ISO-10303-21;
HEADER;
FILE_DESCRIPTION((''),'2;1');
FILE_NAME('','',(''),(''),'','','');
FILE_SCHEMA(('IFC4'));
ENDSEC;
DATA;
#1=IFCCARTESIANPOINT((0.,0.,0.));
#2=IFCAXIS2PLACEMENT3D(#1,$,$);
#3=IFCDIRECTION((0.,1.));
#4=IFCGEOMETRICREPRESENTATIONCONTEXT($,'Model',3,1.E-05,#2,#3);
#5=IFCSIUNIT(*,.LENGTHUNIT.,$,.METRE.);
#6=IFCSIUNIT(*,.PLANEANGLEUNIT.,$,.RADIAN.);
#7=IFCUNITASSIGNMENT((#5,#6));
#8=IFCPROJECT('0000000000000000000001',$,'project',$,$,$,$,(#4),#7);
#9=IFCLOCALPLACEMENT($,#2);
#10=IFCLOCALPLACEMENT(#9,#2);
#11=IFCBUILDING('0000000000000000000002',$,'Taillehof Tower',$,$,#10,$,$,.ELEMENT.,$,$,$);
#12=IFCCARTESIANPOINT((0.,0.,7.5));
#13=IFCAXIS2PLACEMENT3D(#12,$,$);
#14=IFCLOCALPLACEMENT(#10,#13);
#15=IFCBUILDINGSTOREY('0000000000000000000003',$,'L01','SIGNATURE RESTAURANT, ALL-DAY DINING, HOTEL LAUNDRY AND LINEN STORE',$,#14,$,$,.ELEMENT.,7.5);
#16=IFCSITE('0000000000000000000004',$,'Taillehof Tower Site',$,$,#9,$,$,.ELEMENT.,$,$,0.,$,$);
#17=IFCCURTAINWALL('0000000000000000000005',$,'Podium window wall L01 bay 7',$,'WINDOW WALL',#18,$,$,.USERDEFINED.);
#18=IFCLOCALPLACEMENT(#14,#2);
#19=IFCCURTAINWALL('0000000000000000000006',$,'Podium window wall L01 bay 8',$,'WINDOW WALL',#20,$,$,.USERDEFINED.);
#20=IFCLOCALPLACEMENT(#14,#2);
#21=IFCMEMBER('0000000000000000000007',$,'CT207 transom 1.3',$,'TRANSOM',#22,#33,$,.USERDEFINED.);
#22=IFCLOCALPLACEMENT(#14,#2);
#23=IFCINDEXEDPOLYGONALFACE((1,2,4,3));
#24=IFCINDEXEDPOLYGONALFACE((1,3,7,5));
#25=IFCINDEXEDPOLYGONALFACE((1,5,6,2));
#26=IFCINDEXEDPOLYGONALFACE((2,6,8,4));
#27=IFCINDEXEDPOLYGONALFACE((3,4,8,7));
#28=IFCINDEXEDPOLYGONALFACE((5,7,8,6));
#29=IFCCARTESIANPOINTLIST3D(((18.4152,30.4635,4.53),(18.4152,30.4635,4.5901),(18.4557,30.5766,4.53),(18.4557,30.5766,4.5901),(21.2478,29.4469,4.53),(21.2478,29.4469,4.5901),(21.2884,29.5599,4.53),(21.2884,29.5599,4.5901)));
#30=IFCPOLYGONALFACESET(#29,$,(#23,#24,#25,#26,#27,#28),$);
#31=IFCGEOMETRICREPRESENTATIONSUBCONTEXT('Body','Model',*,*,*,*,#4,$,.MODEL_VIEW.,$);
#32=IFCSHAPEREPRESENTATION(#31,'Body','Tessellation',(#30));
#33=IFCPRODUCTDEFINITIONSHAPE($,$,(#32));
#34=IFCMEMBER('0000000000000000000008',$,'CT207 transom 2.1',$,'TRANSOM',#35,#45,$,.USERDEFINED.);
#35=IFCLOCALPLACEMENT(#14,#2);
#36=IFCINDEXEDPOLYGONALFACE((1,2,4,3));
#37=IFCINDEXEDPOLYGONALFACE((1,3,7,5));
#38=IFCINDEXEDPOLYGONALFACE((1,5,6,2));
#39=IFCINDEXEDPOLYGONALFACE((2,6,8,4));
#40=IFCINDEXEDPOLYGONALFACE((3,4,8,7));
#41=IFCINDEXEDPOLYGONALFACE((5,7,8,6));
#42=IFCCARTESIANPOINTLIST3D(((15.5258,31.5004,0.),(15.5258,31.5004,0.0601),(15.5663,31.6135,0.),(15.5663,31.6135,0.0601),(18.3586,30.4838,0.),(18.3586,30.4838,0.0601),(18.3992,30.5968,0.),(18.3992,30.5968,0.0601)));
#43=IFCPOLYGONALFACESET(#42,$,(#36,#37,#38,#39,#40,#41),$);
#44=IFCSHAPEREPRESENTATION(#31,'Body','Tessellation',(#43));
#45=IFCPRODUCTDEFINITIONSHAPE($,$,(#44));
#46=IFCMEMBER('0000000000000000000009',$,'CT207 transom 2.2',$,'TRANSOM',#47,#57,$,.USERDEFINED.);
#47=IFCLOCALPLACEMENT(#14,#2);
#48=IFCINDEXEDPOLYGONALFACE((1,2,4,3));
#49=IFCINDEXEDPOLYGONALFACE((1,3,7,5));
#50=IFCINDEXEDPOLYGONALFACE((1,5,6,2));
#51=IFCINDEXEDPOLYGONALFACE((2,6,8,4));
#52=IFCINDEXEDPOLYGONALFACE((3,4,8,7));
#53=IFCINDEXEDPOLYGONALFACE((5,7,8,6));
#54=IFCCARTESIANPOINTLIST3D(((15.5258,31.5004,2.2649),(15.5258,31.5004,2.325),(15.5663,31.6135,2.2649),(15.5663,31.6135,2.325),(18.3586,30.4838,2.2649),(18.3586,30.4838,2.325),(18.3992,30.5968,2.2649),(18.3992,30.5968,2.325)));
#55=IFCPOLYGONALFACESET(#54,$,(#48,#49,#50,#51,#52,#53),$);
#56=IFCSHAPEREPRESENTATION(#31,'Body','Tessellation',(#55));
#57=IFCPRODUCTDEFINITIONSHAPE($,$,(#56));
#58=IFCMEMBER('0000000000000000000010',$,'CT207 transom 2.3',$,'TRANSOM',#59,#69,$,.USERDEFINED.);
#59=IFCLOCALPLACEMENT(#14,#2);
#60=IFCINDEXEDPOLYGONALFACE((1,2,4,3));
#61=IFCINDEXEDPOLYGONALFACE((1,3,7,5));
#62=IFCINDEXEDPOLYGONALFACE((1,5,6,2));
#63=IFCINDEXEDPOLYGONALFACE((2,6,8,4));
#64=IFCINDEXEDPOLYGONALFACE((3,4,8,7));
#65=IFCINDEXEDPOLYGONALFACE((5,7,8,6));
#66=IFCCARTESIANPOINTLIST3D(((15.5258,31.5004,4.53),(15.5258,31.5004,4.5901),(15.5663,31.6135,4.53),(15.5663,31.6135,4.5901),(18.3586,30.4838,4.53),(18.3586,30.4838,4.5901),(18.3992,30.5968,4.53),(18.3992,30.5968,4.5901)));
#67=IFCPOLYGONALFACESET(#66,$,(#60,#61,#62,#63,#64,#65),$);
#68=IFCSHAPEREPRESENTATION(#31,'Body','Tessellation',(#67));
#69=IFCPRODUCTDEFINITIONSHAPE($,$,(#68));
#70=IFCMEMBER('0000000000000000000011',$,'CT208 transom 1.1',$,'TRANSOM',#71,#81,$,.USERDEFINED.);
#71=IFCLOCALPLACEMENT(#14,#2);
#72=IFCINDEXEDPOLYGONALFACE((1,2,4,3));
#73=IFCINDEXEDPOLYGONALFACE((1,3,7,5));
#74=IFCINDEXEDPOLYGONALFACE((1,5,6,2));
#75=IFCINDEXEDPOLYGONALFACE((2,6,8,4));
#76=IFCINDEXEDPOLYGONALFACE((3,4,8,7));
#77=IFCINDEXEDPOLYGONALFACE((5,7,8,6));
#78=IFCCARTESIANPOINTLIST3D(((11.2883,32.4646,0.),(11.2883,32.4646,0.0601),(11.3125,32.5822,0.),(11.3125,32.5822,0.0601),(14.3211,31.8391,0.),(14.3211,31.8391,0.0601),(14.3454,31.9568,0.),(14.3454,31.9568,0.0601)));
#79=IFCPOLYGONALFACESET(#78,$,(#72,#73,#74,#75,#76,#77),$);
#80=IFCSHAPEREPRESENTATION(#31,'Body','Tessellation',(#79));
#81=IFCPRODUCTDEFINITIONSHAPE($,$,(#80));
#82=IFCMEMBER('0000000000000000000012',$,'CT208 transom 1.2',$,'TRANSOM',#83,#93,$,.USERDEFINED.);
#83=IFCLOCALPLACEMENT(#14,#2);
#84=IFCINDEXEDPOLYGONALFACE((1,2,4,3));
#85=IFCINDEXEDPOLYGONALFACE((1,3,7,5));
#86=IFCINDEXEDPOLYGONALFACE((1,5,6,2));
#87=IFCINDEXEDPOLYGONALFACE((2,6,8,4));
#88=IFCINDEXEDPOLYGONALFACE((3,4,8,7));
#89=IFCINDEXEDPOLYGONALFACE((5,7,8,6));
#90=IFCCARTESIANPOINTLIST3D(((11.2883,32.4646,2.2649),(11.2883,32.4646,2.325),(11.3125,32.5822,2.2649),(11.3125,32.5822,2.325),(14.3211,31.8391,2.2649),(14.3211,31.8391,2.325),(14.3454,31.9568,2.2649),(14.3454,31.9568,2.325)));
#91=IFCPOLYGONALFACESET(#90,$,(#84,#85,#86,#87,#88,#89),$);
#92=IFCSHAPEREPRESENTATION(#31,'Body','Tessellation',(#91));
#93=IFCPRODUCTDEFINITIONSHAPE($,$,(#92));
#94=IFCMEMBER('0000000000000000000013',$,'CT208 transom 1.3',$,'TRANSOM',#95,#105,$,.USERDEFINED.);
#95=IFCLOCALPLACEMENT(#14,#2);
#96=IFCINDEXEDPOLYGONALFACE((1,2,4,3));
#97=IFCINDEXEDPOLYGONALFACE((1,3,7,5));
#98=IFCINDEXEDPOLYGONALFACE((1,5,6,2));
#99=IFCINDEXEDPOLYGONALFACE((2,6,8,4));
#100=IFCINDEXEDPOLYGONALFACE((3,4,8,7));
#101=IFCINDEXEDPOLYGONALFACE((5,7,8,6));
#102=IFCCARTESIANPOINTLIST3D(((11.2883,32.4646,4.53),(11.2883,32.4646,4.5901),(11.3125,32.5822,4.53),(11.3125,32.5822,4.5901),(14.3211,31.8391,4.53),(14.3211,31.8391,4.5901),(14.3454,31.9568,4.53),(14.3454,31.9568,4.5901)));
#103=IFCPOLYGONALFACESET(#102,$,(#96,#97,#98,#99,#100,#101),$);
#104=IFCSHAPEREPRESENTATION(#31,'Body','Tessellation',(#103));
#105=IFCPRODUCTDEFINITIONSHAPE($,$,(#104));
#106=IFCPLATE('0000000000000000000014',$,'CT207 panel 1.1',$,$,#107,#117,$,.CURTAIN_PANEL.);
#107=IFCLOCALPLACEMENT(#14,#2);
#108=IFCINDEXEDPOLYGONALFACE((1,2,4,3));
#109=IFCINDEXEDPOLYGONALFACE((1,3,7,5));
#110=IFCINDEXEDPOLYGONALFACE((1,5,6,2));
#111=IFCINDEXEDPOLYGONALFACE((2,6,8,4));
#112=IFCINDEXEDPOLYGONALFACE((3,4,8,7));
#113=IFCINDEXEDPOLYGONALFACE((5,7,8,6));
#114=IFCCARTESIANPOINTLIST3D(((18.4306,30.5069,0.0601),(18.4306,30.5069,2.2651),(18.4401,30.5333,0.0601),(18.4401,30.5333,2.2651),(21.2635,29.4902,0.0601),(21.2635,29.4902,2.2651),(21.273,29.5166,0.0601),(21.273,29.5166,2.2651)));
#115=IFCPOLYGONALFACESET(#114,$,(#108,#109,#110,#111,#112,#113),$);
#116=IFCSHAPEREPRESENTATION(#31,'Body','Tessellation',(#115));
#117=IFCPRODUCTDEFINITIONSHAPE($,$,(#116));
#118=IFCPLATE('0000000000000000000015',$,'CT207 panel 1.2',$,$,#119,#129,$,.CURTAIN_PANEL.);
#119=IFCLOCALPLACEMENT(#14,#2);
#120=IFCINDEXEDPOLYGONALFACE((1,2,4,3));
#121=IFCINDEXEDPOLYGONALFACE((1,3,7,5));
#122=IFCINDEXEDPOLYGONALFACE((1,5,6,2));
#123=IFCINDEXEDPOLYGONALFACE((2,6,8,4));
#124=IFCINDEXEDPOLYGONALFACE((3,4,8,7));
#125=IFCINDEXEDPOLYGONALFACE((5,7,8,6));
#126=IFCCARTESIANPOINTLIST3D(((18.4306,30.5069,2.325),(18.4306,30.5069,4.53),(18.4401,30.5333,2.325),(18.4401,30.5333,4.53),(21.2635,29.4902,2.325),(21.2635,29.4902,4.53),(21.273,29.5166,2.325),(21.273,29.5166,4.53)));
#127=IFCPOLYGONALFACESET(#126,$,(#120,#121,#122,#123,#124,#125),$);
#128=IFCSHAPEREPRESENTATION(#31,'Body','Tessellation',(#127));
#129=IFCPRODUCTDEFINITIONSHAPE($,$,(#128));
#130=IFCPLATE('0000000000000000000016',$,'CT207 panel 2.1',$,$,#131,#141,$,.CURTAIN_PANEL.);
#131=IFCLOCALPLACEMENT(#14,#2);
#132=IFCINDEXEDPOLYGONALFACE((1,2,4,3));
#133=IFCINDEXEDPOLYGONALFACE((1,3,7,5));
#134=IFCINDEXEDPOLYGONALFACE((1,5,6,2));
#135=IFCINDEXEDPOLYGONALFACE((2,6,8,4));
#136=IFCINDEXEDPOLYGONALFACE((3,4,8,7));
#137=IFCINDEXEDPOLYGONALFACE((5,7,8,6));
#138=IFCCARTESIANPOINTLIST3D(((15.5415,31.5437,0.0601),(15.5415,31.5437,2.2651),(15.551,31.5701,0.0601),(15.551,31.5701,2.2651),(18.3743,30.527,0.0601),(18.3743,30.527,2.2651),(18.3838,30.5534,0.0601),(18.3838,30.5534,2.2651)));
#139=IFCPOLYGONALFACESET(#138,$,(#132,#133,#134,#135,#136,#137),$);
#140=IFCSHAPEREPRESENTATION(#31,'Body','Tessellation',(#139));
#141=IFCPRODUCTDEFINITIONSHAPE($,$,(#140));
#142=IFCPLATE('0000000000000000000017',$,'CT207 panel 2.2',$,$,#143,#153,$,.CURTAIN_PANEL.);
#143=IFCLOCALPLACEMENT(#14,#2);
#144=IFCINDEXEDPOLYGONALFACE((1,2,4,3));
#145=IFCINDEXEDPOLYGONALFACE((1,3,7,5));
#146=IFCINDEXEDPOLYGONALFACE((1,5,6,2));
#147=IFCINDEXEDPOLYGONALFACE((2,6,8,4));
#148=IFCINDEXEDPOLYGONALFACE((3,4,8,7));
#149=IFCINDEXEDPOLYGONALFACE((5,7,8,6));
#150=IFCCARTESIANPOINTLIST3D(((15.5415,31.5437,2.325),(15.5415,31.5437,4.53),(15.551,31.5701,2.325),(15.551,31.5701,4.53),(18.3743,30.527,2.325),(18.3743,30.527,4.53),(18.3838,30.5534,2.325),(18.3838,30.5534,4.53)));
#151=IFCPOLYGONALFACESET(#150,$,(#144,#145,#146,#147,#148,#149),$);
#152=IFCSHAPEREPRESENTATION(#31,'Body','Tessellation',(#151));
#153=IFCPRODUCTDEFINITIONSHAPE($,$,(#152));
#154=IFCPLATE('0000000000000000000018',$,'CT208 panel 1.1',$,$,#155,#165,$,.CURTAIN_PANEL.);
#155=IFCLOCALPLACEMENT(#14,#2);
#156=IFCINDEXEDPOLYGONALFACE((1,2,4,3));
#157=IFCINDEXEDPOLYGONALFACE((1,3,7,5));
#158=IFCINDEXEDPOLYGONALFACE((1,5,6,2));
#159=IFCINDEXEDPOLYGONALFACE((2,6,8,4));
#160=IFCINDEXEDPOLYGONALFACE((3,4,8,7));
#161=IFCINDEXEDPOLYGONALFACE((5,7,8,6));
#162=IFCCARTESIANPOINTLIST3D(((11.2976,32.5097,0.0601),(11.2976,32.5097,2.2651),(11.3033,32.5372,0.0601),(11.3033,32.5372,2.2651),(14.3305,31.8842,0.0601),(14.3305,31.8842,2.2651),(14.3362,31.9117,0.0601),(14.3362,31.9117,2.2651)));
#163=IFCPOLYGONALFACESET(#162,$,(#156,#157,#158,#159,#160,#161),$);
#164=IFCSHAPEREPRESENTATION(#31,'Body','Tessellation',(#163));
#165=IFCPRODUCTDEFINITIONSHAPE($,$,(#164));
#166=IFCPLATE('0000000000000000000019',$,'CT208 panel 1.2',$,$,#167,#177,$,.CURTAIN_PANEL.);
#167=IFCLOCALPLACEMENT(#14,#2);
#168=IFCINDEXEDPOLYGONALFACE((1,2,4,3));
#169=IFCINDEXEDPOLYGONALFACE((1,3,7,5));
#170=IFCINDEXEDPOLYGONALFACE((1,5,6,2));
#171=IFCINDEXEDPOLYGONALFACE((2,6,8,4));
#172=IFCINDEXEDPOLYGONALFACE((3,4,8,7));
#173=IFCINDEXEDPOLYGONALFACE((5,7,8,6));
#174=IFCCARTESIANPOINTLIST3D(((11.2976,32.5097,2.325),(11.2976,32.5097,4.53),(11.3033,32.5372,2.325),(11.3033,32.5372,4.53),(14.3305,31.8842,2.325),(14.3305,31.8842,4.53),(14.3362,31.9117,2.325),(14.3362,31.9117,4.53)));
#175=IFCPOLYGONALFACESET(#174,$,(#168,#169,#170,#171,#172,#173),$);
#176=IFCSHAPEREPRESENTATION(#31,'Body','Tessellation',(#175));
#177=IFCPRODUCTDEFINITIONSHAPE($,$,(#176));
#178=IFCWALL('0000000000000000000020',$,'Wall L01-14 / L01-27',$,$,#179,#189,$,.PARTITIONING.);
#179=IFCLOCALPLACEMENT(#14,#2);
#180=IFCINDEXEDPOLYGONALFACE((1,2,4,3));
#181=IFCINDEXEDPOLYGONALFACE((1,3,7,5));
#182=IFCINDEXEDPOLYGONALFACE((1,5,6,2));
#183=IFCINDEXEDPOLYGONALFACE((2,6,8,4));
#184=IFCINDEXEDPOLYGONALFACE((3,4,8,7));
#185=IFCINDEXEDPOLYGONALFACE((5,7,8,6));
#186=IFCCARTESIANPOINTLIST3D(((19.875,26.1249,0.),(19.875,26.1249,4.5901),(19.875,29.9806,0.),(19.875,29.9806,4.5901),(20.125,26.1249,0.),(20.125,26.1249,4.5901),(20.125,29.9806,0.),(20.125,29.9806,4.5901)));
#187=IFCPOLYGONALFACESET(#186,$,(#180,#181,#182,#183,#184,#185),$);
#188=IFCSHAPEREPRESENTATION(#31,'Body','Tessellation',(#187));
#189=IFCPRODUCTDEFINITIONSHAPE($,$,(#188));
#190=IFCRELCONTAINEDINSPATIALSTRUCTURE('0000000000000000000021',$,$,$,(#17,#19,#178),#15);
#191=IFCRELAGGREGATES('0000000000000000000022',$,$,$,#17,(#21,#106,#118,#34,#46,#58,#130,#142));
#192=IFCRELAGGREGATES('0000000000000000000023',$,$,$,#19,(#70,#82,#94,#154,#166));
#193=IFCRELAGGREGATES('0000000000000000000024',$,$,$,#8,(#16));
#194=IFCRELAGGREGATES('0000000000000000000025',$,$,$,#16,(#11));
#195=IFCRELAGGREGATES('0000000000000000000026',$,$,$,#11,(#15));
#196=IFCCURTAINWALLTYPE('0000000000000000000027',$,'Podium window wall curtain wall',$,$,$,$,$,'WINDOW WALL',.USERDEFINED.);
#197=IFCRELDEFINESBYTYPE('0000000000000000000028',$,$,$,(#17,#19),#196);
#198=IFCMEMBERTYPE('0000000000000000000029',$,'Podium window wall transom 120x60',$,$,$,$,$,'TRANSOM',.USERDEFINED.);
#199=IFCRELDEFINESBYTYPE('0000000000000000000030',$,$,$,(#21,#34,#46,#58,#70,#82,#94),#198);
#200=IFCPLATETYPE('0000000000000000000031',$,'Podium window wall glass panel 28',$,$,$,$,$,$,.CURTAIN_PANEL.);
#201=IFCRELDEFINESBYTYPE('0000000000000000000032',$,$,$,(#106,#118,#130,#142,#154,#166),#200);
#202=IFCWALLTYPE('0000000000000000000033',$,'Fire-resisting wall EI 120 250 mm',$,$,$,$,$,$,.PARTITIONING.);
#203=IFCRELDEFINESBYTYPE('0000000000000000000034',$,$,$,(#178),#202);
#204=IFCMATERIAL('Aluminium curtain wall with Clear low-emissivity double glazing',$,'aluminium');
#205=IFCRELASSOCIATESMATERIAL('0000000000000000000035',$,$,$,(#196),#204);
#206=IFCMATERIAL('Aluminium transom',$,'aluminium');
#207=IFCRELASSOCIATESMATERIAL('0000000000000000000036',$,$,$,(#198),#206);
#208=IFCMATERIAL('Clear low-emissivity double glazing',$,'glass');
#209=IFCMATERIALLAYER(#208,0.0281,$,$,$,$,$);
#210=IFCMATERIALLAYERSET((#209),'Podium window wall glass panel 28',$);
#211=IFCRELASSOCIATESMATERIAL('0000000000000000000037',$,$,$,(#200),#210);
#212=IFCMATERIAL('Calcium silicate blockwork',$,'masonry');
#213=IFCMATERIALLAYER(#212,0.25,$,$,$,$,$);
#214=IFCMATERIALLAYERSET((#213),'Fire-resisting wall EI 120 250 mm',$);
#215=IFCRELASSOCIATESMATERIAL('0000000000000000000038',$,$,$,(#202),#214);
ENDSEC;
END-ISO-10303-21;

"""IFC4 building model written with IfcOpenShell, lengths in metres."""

from ifc_helpers import new_model, si_unit, direction, frame, frame_2d, origin, origin_2d, place, context, subcontext, project, spatial, rectangle, extrude, material, layer, layer_set, material_profile, profile_set, type_object, element, aggregate, save


model = new_model("IFC4")

# Units and contexts
model_context = context("Model", 3, precision=1e-05, world=origin(), true_north=direction((0.0, 1.0)))
body_context = subcontext(model_context, "Body", "Model", "MODEL_VIEW")
ifc_project = project(units=[si_unit("LENGTHUNIT", "METRE"), si_unit("PLANEANGLEUNIT", "RADIAN")], contexts=[model_context])

# Site, building, storey
site_placement = place(None, origin())
site = spatial("IfcSite", under=ifc_project, at=site_placement, Name="Taillehof Tower Site", CompositionType="ELEMENT", RefElevation=0.0)
building_placement = place(site_placement, origin())
building = spatial("IfcBuilding", under=site, at=building_placement, Name="Taillehof Tower", CompositionType="ELEMENT")
storey_placement = place(building_placement, frame((0.0, 0.0, 7.5)))
storey = spatial("IfcBuildingStorey", under=building, at=storey_placement, Name="L01", Description="SIGNATURE RESTAURANT, ALL-DAY DINING, HOTEL LAUNDRY AND LINEN STORE", CompositionType="ELEMENT", Elevation=7.5)

# Shared definitions
ifc_material_1 = material(Name="Aluminium curtain wall with Clear low-emissivity double glazing", Category="aluminium")
curtain_wall_type = type_object("IfcCurtainWallType", Name="Podium window wall curtain wall", ElementType="WINDOW WALL", PredefinedType="USERDEFINED", material=ifc_material_1)

# Curtain walls
curtain_wall_1_placement = place(storey_placement, origin())
curtain_wall_1 = element("IfcCurtainWall", 1, at=curtain_wall_1_placement, inside=storey, type_object=curtain_wall_type, Name="Podium window wall L01 bay 7", ObjectType="WINDOW WALL", PredefinedType="USERDEFINED")
curtain_wall_2_placement = place(storey_placement, origin())
curtain_wall_2 = element("IfcCurtainWall", 2, at=curtain_wall_2_placement, inside=storey, type_object=curtain_wall_type, Name="Podium window wall L01 bay 8", ObjectType="WINDOW WALL", PredefinedType="USERDEFINED")

# Members
ifc_material_2 = material(Name="Aluminium transom", Category="aluminium")
ifc_material_profile_1 = material_profile(ifc_material_2, rectangle(XDim=0.1201, YDim=0.0601, at=origin_2d()), Name="AL 120x60")
ifc_profile_set_1 = profile_set([ifc_material_profile_1], Name="Aluminium transom")
member_type_1 = type_object("IfcMemberType", Name="Podium window wall transom 120x60", ElementType="TRANSOM", PredefinedType="USERDEFINED", material=ifc_profile_set_1)
member_1_placement = place(storey_placement, frame((21.2681, 29.5034, 4.5601), z_axis=(-0.941216, 0.337806, 0.0), x_axis=(-0.337806, -0.941216, 0.0)))
member_1 = element("IfcMember", 3, at=member_1_placement, type_object=member_type_1, Name="CT207 transom 1.3", ObjectType="TRANSOM", PredefinedType="USERDEFINED", context=body_context, shape_type="SweptSolid", body=[
    extrude(rectangle(XDim=0.1201, YDim=0.0601, at=origin_2d()), origin(), (0.0, 0.0, 1.0), 3.0095),
])
member_2_placement = place(storey_placement, frame((18.3789, 30.5403, 0.03), z_axis=(-0.941225, 0.33778, 0.0), x_axis=(-0.33778, -0.941225, 0.0)))
member_2 = element("IfcMember", 4, at=member_2_placement, type_object=member_type_1, Name="CT207 transom 2.1", ObjectType="TRANSOM", PredefinedType="USERDEFINED", context=body_context, shape_type="SweptSolid", body=[
    extrude(rectangle(XDim=0.1201, YDim=0.0601, at=origin_2d()), origin(), (0.0, 0.0, 1.0), 3.0098),
])
member_3_placement = place(storey_placement, frame((18.3789, 30.5403, 2.2949), z_axis=(-0.941225, 0.33778, 0.0), x_axis=(-0.33778, -0.941225, 0.0)))
member_3 = element("IfcMember", 5, at=member_3_placement, type_object=member_type_1, Name="CT207 transom 2.2", ObjectType="TRANSOM", PredefinedType="USERDEFINED", context=body_context, shape_type="SweptSolid", body=[
    extrude(rectangle(XDim=0.1201, YDim=0.0601, at=origin_2d()), origin(), (0.0, 0.0, 1.0), 3.0098),
])
member_4_placement = place(storey_placement, frame((18.3789, 30.5403, 4.5601), z_axis=(-0.941225, 0.33778, 0.0), x_axis=(-0.33778, -0.941225, 0.0)))
member_4 = element("IfcMember", 6, at=member_4_placement, type_object=member_type_1, Name="CT207 transom 2.3", ObjectType="TRANSOM", PredefinedType="USERDEFINED", context=body_context, shape_type="SweptSolid", body=[
    extrude(rectangle(XDim=0.1201, YDim=0.0601, at=origin_2d()), origin(), (0.0, 0.0, 1.0), 3.0098),
])
member_5_placement = place(storey_placement, frame((14.3333, 31.8979, 0.03), z_axis=(-0.97939, 0.20198, 0.0), x_axis=(-0.20198, -0.97939, 0.0)))
member_5 = element("IfcMember", 7, at=member_5_placement, type_object=member_type_1, Name="CT208 transom 1.1", ObjectType="TRANSOM", PredefinedType="USERDEFINED", context=body_context, shape_type="SweptSolid", body=[
    extrude(rectangle(XDim=0.1201, YDim=0.0601, at=origin_2d()), origin(), (0.0, 0.0, 1.0), 3.0967),
])
member_6_placement = place(storey_placement, frame((14.3333, 31.8979, 2.2949), z_axis=(-0.97939, 0.20198, 0.0), x_axis=(-0.20198, -0.97939, 0.0)))
member_6 = element("IfcMember", 8, at=member_6_placement, type_object=member_type_1, Name="CT208 transom 1.2", ObjectType="TRANSOM", PredefinedType="USERDEFINED", context=body_context, shape_type="SweptSolid", body=[
    extrude(rectangle(XDim=0.1201, YDim=0.0601, at=origin_2d()), origin(), (0.0, 0.0, 1.0), 3.0967),
])
member_7_placement = place(storey_placement, frame((14.3333, 31.8979, 4.5601), z_axis=(-0.97939, 0.20198, 0.0), x_axis=(-0.20198, -0.97939, 0.0)))
member_7 = element("IfcMember", 9, at=member_7_placement, type_object=member_type_1, Name="CT208 transom 1.3", ObjectType="TRANSOM", PredefinedType="USERDEFINED", context=body_context, shape_type="SweptSolid", body=[
    extrude(rectangle(XDim=0.1201, YDim=0.0601, at=origin_2d()), origin(), (0.0, 0.0, 1.0), 3.0967),
])

# Plates
ifc_material_3 = material(Name="Clear low-emissivity double glazing", Category="glass")
ifc_layer_1 = layer(ifc_material_3, 0.0281)
ifc_layer_set_1 = layer_set([ifc_layer_1], Name="Podium window wall glass panel 28")
plate_type = type_object("IfcPlateType", Name="Podium window wall glass panel 28", PredefinedType="CURTAIN_PANEL", material=ifc_layer_set_1)
plate_1_placement = place(storey_placement, frame((19.8518, 30.0117, 0.0601), z_axis=(0.0, 0.0, 1.0), x_axis=(-0.941218, 0.337799, 0.0)))
plate_1 = element("IfcPlate", 10, at=plate_1_placement, type_object=plate_type, Name="CT207 panel 1.1", PredefinedType="CURTAIN_PANEL", context=body_context, shape_type="SweptSolid", body=[
    extrude(rectangle(XDim=3.0098, YDim=0.0281, at=origin_2d()), origin(), (0.0, 0.0, 1.0), 2.2051),
])
plate_2_placement = place(storey_placement, frame((19.8518, 30.0117, 2.325), z_axis=(0.0, 0.0, 1.0), x_axis=(-0.941218, 0.337799, 0.0)))
plate_2 = element("IfcPlate", 11, at=plate_2_placement, type_object=plate_type, Name="CT207 panel 1.2", PredefinedType="CURTAIN_PANEL", context=body_context, shape_type="SweptSolid", body=[
    extrude(rectangle(XDim=3.0098, YDim=0.0281, at=origin_2d()), origin(), (0.0, 0.0, 1.0), 2.2051),
])
plate_3_placement = place(storey_placement, frame((16.9626, 31.0486, 0.0601), z_axis=(0.0, 0.0, 1.0), x_axis=(-0.941218, 0.337799, 0.0)))
plate_3 = element("IfcPlate", 12, at=plate_3_placement, type_object=plate_type, Name="CT207 panel 2.1", PredefinedType="CURTAIN_PANEL", context=body_context, shape_type="SweptSolid", body=[
    extrude(rectangle(XDim=3.0098, YDim=0.0281, at=origin_2d()), origin(), (0.0, 0.0, 1.0), 2.2051),
])
plate_4_placement = place(storey_placement, frame((16.9626, 31.0486, 2.325), z_axis=(0.0, 0.0, 1.0), x_axis=(-0.941218, 0.337799, 0.0)))
plate_4 = element("IfcPlate", 13, at=plate_4_placement, type_object=plate_type, Name="CT207 panel 2.2", PredefinedType="CURTAIN_PANEL", context=body_context, shape_type="SweptSolid", body=[
    extrude(rectangle(XDim=3.0098, YDim=0.0281, at=origin_2d()), origin(), (0.0, 0.0, 1.0), 2.2051),
])
aggregate(curtain_wall_1, [member_1, plate_1, plate_2, member_2, member_3, member_4, plate_3, plate_4])
plate_5_placement = place(storey_placement, frame((12.8169, 32.2107, 0.0601), z_axis=(0.0, 0.0, 1.0), x_axis=(-0.97939, 0.201976, 0.0)))
plate_5 = element("IfcPlate", 14, at=plate_5_placement, type_object=plate_type, Name="CT208 panel 1.1", PredefinedType="CURTAIN_PANEL", context=body_context, shape_type="SweptSolid", body=[
    extrude(rectangle(XDim=3.0967, YDim=0.0281, at=origin_2d()), origin(), (0.0, 0.0, 1.0), 2.2051),
])
plate_6_placement = place(storey_placement, frame((12.8169, 32.2107, 2.325), z_axis=(0.0, 0.0, 1.0), x_axis=(-0.97939, 0.201976, 0.0)))
plate_6 = element("IfcPlate", 15, at=plate_6_placement, type_object=plate_type, Name="CT208 panel 1.2", PredefinedType="CURTAIN_PANEL", context=body_context, shape_type="SweptSolid", body=[
    extrude(rectangle(XDim=3.0967, YDim=0.0281, at=origin_2d()), origin(), (0.0, 0.0, 1.0), 2.2051),
])
aggregate(curtain_wall_2, [member_5, member_6, member_7, plate_5, plate_6])

# Wall
ifc_material_4 = material(Name="Calcium silicate blockwork", Category="masonry")
ifc_layer_2 = layer(ifc_material_4, 0.25)
ifc_layer_set_2 = layer_set([ifc_layer_2], Name="Fire-resisting wall EI 120 250 mm")
wall_type = type_object("IfcWallType", Name="Fire-resisting wall EI 120 250 mm", PredefinedType="PARTITIONING", material=ifc_layer_set_2)
wall_placement = place(storey_placement, frame((20.0, 26.125, 0.0), z_axis=(0.0, 0.0, 1.0), x_axis=(0.0, 1.0, 0.0)))
element("IfcWall", 16, at=wall_placement, inside=storey, type_object=wall_type, Name="Wall L01-14 / L01-27", PredefinedType="PARTITIONING", context=body_context, shape_type="SweptSolid", body=[
    extrude(rectangle(XDim=3.8557, YDim=0.25, at=frame_2d((1.9277, 0.0))), origin(), (0.0, 0.0, 1.0), 4.5901),
])

save(model, "model.ifc")
